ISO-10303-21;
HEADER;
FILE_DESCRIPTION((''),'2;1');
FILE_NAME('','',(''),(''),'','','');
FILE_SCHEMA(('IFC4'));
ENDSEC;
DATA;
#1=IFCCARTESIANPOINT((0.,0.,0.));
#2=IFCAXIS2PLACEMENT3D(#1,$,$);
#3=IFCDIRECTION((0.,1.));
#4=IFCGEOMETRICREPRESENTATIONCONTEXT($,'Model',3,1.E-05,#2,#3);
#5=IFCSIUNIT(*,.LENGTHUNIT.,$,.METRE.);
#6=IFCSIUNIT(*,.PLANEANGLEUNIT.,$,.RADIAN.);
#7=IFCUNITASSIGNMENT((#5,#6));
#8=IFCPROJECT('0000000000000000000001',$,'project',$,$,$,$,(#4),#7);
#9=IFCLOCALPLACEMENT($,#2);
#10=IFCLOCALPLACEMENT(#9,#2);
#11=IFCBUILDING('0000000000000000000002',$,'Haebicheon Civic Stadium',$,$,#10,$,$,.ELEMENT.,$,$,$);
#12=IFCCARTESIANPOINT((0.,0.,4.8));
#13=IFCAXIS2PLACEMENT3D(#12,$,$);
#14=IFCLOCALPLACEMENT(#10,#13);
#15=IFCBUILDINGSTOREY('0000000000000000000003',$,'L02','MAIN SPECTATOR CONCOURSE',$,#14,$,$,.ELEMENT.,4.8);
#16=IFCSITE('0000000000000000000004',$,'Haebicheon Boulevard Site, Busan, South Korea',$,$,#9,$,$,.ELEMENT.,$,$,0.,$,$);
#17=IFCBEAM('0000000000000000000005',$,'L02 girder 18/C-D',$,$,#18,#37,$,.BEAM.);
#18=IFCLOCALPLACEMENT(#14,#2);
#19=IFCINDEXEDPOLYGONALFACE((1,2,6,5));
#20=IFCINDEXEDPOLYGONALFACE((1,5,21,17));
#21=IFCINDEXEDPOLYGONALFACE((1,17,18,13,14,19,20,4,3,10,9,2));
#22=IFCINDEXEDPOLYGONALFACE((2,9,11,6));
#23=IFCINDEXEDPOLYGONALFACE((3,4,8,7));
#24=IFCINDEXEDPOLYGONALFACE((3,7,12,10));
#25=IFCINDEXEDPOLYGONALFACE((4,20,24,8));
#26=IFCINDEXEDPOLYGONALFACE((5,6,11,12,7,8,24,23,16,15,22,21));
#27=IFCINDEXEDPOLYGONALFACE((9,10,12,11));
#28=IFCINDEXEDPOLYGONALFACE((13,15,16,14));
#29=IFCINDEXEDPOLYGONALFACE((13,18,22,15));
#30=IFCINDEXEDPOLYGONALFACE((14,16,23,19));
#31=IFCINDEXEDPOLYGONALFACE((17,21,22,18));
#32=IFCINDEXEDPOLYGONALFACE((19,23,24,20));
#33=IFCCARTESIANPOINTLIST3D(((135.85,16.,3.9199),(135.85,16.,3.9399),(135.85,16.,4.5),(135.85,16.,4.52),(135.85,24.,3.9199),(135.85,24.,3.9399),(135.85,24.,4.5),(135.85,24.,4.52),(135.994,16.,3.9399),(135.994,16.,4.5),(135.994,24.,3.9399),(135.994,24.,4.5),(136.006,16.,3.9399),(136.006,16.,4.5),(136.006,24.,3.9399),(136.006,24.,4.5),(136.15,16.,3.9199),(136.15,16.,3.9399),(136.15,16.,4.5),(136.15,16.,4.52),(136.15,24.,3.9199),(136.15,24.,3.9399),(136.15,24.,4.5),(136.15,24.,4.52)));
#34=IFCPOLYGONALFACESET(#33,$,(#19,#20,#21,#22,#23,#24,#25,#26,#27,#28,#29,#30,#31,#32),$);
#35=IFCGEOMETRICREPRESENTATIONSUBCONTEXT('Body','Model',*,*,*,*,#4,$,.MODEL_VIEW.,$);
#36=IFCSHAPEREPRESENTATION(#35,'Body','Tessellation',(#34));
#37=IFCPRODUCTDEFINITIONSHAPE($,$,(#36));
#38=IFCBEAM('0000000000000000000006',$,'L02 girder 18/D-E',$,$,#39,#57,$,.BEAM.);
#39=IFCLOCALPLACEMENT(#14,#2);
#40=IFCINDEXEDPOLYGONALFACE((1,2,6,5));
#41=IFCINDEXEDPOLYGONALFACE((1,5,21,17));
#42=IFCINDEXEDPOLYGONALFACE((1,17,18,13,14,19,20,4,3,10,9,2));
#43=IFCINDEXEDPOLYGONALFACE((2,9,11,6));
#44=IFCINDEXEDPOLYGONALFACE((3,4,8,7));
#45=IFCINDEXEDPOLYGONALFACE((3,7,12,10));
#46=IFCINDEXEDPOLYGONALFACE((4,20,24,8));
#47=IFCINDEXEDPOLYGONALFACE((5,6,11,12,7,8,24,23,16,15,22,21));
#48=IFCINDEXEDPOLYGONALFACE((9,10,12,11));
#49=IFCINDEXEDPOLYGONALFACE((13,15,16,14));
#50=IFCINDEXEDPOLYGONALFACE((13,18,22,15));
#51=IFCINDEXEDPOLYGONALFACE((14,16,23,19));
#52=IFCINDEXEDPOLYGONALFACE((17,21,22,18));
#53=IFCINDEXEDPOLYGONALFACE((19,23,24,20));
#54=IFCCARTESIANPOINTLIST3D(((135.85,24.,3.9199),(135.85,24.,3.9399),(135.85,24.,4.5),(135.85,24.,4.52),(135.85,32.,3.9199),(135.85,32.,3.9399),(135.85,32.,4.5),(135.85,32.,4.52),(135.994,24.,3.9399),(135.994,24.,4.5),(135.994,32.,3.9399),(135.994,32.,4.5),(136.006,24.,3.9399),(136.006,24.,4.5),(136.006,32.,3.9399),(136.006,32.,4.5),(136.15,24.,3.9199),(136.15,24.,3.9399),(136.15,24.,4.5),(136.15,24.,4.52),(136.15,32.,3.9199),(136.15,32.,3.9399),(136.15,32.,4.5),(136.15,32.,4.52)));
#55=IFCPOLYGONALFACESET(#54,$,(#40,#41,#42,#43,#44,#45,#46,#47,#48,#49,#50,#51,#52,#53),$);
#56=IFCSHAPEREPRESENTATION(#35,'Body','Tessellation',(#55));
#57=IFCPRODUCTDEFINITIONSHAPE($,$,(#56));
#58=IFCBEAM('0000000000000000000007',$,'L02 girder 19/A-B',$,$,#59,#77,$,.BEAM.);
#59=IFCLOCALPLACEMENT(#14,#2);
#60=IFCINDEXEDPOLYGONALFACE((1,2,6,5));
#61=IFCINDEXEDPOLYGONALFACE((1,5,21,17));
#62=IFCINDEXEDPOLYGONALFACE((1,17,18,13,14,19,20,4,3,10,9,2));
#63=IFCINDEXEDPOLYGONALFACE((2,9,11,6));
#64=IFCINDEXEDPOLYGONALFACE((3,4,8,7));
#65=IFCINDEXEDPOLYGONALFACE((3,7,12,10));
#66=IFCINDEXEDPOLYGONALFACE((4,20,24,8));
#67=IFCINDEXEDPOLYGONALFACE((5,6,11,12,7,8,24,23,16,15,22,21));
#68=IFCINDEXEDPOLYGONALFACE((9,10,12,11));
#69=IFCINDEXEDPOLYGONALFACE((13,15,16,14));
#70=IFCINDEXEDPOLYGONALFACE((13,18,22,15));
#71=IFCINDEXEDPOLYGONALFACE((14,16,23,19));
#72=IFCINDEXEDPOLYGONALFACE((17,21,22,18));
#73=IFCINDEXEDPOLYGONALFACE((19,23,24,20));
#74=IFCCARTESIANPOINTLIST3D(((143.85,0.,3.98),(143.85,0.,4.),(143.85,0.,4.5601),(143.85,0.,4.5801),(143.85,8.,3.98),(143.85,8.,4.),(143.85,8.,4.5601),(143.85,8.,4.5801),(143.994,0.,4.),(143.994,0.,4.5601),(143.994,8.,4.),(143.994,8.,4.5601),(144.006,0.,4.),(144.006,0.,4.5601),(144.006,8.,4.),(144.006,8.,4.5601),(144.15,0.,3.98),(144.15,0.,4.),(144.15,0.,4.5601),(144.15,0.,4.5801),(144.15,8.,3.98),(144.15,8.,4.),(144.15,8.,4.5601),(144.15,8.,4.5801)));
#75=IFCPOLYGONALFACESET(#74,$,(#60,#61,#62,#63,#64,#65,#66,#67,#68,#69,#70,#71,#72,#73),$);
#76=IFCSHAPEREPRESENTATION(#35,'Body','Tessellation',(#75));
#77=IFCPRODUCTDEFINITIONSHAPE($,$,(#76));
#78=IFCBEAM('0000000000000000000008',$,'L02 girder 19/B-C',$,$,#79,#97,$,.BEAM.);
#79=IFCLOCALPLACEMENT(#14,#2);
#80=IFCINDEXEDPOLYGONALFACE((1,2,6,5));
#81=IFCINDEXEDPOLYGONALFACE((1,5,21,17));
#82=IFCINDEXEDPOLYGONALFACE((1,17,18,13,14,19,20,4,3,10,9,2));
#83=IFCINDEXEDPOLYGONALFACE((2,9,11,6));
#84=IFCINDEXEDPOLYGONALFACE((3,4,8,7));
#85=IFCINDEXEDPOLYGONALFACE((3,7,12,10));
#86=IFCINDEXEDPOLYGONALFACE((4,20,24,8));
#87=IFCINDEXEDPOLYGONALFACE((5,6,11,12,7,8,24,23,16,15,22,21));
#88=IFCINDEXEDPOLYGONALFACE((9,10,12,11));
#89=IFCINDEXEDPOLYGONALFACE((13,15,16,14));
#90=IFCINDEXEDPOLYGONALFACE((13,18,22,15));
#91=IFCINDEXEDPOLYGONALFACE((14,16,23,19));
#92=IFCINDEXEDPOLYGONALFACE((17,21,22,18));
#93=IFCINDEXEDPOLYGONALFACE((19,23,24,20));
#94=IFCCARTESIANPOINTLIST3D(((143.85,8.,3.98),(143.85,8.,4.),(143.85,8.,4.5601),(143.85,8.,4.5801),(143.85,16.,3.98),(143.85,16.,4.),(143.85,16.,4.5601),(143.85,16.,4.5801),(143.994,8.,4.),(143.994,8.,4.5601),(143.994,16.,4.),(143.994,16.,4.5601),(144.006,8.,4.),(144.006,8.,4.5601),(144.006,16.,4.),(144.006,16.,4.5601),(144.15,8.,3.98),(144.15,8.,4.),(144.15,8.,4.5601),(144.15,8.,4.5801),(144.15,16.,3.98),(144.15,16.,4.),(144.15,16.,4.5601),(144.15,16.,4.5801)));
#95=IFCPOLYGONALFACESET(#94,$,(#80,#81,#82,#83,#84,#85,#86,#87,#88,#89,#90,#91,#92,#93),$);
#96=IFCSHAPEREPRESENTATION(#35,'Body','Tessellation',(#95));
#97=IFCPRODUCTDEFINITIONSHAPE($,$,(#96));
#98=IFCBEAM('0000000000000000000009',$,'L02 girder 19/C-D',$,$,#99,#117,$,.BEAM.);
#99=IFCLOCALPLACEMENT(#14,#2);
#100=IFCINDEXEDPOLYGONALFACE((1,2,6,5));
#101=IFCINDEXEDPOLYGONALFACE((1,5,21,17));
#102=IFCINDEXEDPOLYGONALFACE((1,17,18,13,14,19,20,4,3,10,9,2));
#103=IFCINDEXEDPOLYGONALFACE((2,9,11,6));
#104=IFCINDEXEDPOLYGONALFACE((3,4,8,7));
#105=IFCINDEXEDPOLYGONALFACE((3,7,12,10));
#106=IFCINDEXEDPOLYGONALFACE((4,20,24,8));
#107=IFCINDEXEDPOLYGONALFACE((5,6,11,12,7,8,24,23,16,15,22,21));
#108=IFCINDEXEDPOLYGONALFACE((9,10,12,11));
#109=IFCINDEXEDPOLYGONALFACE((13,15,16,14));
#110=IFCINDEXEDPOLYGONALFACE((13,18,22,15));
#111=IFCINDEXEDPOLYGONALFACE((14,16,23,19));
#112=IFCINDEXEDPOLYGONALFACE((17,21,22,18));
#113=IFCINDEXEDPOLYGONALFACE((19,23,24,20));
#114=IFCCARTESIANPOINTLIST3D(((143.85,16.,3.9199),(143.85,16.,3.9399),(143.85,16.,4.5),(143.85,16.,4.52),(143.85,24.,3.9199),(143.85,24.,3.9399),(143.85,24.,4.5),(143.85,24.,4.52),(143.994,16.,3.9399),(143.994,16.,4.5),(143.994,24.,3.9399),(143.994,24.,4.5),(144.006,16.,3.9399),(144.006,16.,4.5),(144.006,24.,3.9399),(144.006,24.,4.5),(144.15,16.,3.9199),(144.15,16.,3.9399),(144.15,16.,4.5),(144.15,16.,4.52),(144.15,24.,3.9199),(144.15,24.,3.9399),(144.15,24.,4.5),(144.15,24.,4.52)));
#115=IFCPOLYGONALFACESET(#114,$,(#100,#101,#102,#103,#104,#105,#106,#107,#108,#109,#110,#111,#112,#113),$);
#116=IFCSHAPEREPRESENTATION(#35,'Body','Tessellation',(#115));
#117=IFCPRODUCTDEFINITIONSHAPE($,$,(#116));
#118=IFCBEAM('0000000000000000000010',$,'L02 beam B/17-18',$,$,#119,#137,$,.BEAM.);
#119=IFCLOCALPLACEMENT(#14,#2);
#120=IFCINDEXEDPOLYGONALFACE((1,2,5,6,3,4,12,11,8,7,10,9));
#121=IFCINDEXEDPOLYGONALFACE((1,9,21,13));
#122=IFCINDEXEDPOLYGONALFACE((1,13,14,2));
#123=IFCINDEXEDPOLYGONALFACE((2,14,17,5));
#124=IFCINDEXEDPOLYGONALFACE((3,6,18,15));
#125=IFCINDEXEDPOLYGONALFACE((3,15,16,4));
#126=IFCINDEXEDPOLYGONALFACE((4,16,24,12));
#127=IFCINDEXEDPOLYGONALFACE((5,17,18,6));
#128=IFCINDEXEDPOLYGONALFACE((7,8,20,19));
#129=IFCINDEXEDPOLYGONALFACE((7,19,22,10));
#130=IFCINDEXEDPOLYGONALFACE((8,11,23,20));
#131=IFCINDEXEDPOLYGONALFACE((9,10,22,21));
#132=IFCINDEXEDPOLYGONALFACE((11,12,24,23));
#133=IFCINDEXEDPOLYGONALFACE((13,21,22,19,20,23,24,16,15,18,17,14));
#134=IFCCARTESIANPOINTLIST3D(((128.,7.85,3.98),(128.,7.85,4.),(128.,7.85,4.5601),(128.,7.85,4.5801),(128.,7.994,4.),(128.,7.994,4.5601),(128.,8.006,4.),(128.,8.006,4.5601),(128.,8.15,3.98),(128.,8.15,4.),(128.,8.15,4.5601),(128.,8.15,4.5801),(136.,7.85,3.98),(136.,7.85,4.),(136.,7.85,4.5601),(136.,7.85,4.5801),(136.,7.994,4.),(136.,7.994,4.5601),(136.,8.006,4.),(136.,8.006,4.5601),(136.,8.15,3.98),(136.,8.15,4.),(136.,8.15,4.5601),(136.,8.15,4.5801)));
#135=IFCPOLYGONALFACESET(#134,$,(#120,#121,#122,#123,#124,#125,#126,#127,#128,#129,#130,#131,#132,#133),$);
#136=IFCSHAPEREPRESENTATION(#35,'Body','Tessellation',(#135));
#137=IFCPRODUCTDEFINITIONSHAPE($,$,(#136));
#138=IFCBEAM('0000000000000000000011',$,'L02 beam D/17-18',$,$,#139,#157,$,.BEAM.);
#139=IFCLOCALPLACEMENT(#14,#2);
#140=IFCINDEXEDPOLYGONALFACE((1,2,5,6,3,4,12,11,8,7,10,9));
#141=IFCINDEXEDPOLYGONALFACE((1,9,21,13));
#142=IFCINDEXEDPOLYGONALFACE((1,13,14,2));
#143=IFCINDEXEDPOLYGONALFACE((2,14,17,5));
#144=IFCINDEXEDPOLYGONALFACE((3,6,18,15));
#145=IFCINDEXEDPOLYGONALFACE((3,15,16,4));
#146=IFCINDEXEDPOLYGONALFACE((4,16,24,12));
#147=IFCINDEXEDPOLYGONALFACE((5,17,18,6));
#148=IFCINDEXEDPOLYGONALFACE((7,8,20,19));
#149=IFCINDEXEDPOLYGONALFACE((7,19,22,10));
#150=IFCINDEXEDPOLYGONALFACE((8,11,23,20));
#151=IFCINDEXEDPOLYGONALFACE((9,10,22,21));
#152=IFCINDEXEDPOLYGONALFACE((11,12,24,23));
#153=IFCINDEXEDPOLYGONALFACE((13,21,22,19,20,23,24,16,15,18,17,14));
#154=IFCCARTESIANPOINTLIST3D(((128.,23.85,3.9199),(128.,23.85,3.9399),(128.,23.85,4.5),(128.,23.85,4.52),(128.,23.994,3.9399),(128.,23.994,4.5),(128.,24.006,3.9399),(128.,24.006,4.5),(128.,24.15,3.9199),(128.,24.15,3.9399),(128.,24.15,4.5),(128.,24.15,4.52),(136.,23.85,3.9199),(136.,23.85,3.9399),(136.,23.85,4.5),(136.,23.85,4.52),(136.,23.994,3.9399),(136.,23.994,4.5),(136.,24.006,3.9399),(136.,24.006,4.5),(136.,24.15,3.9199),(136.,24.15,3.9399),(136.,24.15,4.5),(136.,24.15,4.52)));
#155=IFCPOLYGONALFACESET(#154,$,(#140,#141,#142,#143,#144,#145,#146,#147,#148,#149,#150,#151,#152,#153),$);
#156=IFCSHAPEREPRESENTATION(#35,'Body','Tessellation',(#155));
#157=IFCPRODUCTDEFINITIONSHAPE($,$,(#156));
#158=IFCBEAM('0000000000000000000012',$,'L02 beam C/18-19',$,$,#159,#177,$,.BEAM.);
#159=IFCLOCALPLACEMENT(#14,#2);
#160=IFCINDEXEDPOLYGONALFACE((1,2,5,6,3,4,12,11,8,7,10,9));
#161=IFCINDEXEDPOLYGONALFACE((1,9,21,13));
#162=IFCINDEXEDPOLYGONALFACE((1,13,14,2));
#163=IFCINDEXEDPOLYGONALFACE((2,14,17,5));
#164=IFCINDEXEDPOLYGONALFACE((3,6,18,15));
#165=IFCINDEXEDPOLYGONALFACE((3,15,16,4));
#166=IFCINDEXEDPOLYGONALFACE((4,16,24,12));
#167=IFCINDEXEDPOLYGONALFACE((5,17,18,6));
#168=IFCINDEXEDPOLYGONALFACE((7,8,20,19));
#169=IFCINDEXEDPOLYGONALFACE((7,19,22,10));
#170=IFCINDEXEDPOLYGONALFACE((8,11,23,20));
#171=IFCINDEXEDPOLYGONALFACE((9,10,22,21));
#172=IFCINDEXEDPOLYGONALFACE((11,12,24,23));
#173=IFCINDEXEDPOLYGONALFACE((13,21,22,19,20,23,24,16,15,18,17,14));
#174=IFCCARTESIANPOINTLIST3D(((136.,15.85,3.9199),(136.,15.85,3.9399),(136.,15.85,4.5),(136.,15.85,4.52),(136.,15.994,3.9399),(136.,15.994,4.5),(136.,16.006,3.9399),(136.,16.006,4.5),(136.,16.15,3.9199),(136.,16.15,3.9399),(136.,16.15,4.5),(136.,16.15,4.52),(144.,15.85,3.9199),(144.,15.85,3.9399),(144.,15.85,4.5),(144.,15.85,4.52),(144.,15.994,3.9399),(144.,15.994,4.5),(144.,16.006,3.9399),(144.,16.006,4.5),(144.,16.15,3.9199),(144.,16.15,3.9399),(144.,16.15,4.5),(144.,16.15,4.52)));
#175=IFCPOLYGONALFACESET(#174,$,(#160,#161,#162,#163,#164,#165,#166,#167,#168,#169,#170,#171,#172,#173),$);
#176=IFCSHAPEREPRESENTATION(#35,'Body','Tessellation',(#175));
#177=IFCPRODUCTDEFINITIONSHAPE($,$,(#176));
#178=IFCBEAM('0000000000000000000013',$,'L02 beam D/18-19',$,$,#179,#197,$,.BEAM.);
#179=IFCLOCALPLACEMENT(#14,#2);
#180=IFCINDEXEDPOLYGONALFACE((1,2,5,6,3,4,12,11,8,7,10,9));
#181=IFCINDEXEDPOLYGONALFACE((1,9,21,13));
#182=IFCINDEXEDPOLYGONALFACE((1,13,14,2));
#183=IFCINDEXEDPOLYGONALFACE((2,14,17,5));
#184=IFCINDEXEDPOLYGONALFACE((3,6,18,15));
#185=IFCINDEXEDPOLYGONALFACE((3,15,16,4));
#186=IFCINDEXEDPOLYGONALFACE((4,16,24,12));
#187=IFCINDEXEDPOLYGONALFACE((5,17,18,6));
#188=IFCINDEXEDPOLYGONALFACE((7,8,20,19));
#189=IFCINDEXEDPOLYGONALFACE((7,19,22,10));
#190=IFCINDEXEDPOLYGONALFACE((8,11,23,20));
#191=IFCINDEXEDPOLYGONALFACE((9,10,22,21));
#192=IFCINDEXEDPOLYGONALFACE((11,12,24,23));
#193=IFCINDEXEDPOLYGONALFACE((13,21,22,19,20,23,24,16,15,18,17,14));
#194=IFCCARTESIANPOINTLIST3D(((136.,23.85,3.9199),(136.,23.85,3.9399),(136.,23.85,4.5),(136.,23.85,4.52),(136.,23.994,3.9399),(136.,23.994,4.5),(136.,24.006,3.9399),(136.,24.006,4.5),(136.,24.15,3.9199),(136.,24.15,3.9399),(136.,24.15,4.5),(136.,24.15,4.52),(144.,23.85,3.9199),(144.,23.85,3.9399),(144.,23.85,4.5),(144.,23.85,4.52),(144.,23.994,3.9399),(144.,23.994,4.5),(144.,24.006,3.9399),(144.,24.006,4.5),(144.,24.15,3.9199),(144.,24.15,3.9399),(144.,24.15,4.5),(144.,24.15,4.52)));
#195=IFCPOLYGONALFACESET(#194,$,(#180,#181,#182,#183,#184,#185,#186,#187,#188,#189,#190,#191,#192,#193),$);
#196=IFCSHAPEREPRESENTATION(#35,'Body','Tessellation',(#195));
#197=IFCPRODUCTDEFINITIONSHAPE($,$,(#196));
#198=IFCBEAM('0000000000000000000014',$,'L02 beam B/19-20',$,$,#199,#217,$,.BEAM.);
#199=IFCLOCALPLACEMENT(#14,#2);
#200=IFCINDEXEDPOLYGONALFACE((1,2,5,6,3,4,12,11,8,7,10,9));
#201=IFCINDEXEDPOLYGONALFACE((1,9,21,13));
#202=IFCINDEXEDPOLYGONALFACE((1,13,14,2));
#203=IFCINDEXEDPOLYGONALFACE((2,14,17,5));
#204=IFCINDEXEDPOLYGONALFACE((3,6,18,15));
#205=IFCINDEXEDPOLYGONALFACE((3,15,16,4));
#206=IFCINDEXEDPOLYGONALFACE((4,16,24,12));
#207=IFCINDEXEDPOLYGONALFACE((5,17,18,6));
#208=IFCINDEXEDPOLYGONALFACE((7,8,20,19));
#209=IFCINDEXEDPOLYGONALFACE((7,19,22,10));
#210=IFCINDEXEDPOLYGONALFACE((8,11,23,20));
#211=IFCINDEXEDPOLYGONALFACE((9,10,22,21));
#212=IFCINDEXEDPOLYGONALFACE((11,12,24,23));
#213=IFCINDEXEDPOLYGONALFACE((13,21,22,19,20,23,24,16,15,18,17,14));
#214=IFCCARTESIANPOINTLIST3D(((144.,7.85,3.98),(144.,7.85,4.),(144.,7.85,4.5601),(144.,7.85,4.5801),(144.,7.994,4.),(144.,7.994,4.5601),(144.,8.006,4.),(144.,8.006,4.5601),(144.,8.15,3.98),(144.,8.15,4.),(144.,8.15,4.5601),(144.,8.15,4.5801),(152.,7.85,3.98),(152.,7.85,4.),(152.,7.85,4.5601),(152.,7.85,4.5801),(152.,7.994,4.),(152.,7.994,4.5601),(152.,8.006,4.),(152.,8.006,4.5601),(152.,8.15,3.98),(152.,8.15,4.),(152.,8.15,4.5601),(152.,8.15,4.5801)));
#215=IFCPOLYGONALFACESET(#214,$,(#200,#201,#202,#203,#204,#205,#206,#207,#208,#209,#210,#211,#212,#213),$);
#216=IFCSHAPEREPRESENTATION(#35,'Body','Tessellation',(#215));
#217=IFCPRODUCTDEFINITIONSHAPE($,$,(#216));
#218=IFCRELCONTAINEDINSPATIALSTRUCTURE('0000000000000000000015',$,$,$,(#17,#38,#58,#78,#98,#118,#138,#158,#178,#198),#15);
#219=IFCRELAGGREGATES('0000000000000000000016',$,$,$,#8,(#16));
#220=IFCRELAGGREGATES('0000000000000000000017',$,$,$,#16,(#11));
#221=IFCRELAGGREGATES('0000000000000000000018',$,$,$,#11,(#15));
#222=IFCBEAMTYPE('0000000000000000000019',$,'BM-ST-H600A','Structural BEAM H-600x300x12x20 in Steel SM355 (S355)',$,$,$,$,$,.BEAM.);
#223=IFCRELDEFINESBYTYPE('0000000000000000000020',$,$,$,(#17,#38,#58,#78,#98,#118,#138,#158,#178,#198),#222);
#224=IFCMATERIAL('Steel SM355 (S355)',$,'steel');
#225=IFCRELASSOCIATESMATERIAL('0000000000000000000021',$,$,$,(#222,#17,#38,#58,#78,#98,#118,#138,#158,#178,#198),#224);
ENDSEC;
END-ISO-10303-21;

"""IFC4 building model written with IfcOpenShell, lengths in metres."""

from ifc_helpers import new_model, si_unit, direction, frame, origin, origin_2d, place, context, subcontext, project, spatial, i_section, extrude, material, material_profile, profile_set, type_object, element, save


model = new_model("IFC4")

# Units and contexts
model_context = context("Model", 3, precision=1e-05, world=origin(), true_north=direction((0.0, 1.0)))
body_context = subcontext(model_context, "Body", "Model", "MODEL_VIEW")
ifc_project = project(units=[si_unit("LENGTHUNIT", "METRE"), si_unit("PLANEANGLEUNIT", "RADIAN")], contexts=[model_context])

# Site, building, storey
site_placement = place(None, origin())
site = spatial("IfcSite", under=ifc_project, at=site_placement, Name="Haebicheon Boulevard Site, Busan, South Korea", CompositionType="ELEMENT", RefElevation=0.0)
building_placement = place(site_placement, origin())
building = spatial("IfcBuilding", under=site, at=building_placement, Name="Haebicheon Civic Stadium", CompositionType="ELEMENT")
storey_placement = place(building_placement, frame((0.0, 0.0, 4.8)))
storey = spatial("IfcBuildingStorey", under=building, at=storey_placement, Name="L02", Description="MAIN SPECTATOR CONCOURSE", CompositionType="ELEMENT", Elevation=4.8)

# Beams
ifc_material_1 = material(Name="Steel SM355 (S355)", Category="steel")
ifc_material_profile_1 = material_profile(ifc_material_1, i_section(OverallWidth=0.3, OverallDepth=0.6001, WebThickness=0.012, FlangeThickness=0.02, at=origin_2d()), Name="H-600x300x12x20")
ifc_profile_set_1 = profile_set([ifc_material_profile_1], Name="Steel SM355 (S355)")
beam_type_1 = type_object("IfcBeamType", Name="BM-ST-H600A", Description="Structural BEAM H-600x300x12x20 in Steel SM355 (S355)", PredefinedType="BEAM", material=ifc_profile_set_1)
for number, where, z_axis, x_axis, name in (
    (1, (136.0, 16.0, 4.22), (0.0, 1.0, 0.0), (-1.0, 0.0, 0.0), "L02 girder 18/C-D"),
    (2, (136.0, 24.0, 4.22), (0.0, 1.0, 0.0), (-1.0, 0.0, 0.0), "L02 girder 18/D-E"),
    (3, (144.0, 0.0, 4.28), (0.0, 1.0, 0.0), (-1.0, 0.0, 0.0), "L02 girder 19/A-B"),
    (4, (144.0, 8.0, 4.28), (0.0, 1.0, 0.0), (-1.0, 0.0, 0.0), "L02 girder 19/B-C"),
    (5, (144.0, 16.0, 4.22), (0.0, 1.0, 0.0), (-1.0, 0.0, 0.0), "L02 girder 19/C-D"),
    (6, (128.0, 8.0, 4.28), (1.0, 0.0, 0.0), (0.0, 1.0, 0.0), "L02 beam B/17-18"),
    (7, (128.0, 24.0, 4.22), (1.0, 0.0, 0.0), (0.0, 1.0, 0.0), "L02 beam D/17-18"),
    (8, (136.0, 16.0, 4.22), (1.0, 0.0, 0.0), (0.0, 1.0, 0.0), "L02 beam C/18-19"),
    (9, (136.0, 24.0, 4.22), (1.0, 0.0, 0.0), (0.0, 1.0, 0.0), "L02 beam D/18-19"),
    (10, (144.0, 8.0, 4.28), (1.0, 0.0, 0.0), (0.0, 1.0, 0.0), "L02 beam B/19-20"),
):
    element("IfcBeam", number, at=place(storey_placement, frame(where, z_axis=z_axis, x_axis=x_axis)), inside=storey, type_object=beam_type_1, material=ifc_profile_set_1, Name=name, PredefinedType="BEAM", context=body_context, shape_type="SweptSolid", body=[
        extrude(i_section(OverallWidth=0.3, OverallDepth=0.6001, WebThickness=0.012, FlangeThickness=0.02, at=origin_2d()), origin(), (0.0, 0.0, 1.0), 8.0),
    ])

save(model, "model.ifc")
